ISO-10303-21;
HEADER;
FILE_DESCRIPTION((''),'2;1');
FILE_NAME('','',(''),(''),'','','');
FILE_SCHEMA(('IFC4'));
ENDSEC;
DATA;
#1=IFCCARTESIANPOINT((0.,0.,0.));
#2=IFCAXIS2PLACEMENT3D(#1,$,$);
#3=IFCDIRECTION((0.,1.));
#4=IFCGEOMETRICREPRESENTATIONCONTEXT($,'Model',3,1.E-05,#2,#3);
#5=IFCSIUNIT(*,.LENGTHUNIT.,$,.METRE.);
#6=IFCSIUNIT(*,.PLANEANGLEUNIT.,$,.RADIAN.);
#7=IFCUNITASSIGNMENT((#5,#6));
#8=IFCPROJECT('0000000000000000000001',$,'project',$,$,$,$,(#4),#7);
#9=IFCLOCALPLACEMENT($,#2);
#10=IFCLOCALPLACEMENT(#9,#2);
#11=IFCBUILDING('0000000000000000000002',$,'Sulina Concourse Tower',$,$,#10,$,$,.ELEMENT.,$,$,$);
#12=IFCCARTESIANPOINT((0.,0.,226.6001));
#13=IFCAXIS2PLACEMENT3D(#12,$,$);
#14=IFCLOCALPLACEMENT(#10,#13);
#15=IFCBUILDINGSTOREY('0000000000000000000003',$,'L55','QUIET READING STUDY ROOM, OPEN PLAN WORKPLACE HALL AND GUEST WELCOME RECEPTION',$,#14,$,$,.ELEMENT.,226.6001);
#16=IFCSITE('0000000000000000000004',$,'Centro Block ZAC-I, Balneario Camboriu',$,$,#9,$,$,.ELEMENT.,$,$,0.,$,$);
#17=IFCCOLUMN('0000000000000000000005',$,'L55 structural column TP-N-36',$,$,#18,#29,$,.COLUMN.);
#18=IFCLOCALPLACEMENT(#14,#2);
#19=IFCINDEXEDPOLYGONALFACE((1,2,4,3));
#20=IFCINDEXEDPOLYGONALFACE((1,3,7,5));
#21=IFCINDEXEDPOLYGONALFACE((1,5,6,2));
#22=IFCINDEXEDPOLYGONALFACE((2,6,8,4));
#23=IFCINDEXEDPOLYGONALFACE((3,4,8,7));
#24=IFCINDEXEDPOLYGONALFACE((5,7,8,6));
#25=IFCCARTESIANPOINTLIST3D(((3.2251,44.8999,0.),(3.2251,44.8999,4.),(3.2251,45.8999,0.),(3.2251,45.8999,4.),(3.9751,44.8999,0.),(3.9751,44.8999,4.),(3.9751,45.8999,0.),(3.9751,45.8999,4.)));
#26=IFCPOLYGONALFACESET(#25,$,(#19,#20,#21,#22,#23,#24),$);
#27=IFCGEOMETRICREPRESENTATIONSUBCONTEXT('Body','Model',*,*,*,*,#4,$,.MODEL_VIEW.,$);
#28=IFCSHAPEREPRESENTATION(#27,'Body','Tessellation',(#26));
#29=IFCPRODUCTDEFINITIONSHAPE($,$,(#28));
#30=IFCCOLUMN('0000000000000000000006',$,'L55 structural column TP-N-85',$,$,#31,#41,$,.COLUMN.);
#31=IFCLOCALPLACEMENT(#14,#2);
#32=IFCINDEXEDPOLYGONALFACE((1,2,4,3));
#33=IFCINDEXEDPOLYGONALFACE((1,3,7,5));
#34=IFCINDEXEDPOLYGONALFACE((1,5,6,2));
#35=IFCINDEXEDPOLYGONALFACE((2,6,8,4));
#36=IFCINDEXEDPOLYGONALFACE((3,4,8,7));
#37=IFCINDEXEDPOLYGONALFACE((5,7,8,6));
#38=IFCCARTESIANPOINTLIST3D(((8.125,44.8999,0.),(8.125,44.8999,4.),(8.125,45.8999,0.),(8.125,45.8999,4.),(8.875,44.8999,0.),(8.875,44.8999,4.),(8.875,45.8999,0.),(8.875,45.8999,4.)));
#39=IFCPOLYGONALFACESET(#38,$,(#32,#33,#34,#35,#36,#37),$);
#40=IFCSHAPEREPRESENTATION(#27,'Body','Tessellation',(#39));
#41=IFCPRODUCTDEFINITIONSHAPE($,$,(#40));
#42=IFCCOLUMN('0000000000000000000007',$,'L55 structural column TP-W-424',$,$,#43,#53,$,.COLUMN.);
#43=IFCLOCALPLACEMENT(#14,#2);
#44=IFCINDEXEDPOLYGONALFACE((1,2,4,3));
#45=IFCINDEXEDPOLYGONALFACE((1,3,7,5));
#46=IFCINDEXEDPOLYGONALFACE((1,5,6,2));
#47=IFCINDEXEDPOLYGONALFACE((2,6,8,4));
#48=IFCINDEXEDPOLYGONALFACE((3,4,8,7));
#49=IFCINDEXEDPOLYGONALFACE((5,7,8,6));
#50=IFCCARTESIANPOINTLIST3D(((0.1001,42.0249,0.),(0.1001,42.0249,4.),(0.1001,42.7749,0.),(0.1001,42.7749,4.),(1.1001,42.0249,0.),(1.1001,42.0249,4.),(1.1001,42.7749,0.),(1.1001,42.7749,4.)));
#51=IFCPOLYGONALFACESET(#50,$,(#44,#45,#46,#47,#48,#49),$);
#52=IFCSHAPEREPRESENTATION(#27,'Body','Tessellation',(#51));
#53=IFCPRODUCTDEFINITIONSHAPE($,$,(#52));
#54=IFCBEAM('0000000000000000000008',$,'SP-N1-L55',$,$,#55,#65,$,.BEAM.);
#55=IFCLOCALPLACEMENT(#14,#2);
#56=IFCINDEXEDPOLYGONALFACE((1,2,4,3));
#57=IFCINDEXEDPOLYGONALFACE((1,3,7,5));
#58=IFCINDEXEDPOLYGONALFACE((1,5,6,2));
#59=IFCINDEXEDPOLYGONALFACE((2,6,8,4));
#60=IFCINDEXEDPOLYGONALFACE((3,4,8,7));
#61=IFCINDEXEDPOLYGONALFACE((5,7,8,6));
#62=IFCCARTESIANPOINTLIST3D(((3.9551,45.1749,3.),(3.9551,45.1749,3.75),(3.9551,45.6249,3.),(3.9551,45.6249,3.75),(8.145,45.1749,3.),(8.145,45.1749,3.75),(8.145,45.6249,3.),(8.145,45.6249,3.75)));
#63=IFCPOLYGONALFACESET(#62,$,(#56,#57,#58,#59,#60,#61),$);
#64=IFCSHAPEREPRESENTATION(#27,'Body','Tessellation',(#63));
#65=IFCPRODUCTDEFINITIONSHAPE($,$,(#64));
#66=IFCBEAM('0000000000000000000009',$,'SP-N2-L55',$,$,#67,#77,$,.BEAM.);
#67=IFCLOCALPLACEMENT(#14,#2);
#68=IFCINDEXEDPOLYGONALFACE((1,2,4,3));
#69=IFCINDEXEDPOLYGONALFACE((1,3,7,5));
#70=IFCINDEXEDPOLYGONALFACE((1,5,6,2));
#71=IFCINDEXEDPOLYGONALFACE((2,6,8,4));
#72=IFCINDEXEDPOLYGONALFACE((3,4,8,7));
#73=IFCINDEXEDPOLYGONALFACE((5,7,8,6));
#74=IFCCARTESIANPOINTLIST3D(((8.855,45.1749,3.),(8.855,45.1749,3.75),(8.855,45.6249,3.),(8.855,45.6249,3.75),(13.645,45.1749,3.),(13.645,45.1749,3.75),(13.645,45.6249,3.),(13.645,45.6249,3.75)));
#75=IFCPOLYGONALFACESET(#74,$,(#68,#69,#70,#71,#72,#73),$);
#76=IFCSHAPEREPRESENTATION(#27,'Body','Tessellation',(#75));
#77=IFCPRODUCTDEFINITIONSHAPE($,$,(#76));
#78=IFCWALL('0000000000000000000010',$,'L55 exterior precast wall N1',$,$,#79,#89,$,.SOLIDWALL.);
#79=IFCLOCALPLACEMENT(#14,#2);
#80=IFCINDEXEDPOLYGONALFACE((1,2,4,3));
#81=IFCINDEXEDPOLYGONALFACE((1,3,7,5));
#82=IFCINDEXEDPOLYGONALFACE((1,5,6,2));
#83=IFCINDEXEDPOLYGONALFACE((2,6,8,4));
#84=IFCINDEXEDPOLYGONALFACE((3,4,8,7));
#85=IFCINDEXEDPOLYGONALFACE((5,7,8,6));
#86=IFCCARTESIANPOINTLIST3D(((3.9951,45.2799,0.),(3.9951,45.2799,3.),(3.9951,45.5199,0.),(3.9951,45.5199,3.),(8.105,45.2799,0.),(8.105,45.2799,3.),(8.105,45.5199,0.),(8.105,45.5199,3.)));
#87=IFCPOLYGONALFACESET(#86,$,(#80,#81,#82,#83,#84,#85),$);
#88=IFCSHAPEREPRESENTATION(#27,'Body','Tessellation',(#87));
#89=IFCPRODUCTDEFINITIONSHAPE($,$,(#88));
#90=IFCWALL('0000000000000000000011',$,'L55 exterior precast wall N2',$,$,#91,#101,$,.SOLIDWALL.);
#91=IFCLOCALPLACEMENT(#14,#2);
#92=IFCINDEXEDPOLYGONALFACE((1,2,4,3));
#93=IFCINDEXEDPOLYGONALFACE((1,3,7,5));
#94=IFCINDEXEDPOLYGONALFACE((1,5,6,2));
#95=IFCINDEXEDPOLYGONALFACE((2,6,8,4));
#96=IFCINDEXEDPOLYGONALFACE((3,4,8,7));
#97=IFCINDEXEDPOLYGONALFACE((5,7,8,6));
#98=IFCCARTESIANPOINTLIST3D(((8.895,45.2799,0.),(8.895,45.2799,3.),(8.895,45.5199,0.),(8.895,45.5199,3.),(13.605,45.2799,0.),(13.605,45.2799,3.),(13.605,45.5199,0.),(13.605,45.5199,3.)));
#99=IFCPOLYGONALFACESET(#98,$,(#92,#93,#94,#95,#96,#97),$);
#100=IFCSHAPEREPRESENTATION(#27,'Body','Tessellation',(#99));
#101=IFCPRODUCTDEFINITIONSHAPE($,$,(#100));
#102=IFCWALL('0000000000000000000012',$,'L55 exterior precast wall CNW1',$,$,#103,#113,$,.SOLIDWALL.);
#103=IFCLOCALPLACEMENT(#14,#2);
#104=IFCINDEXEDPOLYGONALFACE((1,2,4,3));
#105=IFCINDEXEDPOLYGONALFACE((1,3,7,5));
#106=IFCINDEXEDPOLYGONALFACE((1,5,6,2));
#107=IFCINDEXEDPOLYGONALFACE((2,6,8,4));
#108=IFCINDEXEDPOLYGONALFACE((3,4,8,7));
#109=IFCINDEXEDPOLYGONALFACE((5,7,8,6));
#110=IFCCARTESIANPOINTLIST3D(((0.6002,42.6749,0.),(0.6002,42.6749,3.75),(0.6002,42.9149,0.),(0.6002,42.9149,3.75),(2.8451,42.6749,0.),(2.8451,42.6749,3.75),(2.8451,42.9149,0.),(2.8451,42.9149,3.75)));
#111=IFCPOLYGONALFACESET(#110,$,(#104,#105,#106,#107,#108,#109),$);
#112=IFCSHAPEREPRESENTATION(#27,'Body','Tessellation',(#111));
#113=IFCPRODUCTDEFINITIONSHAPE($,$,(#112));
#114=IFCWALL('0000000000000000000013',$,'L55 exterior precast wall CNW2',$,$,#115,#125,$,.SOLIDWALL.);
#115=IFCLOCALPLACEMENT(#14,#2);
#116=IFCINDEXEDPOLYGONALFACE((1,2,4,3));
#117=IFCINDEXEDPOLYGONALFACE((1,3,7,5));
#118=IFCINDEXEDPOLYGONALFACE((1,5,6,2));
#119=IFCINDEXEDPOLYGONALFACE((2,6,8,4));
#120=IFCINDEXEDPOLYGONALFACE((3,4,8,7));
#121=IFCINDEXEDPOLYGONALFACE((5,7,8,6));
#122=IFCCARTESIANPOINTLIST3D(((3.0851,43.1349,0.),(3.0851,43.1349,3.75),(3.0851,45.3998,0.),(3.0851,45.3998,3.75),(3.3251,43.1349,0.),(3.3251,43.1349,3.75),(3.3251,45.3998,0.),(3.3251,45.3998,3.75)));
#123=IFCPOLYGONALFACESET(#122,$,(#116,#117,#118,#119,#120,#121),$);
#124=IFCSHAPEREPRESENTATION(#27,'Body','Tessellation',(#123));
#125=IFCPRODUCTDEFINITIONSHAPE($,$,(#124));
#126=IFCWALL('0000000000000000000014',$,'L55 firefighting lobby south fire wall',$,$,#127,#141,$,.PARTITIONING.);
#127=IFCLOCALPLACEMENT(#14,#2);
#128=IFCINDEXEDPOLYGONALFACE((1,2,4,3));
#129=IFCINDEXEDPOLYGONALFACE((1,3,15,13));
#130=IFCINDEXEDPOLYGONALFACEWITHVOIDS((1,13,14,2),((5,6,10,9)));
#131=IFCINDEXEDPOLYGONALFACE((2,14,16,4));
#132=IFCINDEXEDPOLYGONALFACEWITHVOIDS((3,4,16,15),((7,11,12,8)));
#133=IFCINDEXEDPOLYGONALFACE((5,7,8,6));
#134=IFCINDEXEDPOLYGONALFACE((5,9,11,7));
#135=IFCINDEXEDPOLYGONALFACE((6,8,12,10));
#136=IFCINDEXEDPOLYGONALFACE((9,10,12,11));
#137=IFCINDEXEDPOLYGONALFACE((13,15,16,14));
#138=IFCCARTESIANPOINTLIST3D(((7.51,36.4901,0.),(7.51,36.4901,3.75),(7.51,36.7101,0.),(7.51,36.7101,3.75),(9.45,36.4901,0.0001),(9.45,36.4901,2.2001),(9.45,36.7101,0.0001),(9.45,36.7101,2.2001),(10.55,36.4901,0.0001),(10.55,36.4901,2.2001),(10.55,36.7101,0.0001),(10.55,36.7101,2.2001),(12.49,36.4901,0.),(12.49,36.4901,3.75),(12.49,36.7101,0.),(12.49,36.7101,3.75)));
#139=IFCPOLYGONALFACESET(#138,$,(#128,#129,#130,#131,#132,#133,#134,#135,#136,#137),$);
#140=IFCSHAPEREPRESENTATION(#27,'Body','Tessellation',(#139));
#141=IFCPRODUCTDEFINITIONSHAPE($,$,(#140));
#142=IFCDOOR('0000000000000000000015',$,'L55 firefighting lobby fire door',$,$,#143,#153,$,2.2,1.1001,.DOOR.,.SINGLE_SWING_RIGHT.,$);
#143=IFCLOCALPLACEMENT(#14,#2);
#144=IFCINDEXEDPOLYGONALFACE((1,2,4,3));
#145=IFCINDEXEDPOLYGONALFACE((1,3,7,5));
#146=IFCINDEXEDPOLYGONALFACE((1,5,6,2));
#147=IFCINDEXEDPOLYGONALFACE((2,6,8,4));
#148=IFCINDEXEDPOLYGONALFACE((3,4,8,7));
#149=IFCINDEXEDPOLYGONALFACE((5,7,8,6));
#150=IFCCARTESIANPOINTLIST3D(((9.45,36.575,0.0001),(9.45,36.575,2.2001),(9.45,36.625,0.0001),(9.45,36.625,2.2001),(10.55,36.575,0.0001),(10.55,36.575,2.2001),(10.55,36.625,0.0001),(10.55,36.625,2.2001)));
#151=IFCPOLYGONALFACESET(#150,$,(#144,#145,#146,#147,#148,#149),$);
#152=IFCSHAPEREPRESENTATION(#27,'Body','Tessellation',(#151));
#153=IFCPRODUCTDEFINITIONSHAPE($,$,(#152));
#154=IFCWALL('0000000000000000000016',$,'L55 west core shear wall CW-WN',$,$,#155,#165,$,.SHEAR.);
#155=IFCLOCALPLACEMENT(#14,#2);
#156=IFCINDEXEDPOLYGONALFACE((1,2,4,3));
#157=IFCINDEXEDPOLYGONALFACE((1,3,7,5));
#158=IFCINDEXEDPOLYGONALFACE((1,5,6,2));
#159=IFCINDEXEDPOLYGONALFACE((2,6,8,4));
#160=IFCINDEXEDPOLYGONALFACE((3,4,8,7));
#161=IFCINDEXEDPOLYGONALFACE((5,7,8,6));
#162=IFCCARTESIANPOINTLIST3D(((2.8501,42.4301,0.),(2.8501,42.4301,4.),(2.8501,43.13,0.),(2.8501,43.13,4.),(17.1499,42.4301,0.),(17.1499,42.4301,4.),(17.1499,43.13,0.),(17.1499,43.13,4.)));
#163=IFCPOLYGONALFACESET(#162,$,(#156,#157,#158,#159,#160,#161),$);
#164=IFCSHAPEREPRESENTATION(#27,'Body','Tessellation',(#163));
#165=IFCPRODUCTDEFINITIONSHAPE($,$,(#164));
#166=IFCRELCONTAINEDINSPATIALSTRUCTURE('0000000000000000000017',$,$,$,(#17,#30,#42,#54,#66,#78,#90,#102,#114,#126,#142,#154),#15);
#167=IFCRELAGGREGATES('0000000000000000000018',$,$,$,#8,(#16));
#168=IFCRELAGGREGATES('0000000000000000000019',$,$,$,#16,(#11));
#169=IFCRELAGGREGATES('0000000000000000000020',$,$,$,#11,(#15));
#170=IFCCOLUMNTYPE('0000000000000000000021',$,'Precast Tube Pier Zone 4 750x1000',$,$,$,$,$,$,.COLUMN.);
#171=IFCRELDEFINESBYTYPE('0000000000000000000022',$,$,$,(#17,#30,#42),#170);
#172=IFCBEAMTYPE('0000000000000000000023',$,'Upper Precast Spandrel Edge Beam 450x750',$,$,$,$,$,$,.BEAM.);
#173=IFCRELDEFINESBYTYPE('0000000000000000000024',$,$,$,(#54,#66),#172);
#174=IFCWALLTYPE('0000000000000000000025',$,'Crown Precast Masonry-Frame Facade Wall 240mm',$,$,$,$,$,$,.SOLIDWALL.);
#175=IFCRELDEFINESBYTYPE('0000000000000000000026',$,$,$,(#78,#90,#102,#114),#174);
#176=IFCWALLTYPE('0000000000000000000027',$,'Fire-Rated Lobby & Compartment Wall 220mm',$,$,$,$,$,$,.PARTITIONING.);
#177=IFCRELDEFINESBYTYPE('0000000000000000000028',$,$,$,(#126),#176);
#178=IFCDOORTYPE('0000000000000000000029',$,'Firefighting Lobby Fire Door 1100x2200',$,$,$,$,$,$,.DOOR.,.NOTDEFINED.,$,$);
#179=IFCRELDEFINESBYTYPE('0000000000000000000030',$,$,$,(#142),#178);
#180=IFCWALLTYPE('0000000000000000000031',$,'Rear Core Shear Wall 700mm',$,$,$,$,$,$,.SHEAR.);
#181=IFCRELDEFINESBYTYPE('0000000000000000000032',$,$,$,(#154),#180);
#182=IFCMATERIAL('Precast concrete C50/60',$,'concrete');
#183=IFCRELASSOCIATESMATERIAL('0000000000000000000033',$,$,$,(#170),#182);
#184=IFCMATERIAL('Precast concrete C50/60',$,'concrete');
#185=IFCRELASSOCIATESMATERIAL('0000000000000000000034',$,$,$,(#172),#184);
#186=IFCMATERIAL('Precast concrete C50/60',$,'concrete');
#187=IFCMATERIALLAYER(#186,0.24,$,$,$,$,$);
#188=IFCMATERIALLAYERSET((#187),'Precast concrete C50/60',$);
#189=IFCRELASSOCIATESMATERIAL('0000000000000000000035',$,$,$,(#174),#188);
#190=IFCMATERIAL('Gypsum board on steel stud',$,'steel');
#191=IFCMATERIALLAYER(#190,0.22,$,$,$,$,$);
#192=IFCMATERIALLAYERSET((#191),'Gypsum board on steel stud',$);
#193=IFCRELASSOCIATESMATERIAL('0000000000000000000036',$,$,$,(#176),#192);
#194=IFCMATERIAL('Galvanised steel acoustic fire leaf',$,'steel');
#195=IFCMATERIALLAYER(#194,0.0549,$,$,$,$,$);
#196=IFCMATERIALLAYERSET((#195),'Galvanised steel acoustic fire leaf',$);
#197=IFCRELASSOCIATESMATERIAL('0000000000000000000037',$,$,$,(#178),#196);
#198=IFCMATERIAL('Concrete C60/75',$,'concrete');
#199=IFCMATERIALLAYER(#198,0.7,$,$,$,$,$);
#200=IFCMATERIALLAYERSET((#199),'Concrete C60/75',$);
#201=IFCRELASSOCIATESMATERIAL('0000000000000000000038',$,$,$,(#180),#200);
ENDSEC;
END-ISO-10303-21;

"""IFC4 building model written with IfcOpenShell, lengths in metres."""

from ifc_helpers import new_model, si_unit, direction, frame, frame_2d, origin, origin_2d, place, context, subcontext, project, spatial, rectangle, extrude, material, layer, layer_set, material_profile, profile_set, type_object, element, fill, save


model = new_model("IFC4")

# Units and contexts
model_context = context("Model", 3, precision=1e-05, world=origin(), true_north=direction((0.0, 1.0)))
body_context = subcontext(model_context, "Body", "Model", "MODEL_VIEW")
ifc_project = project(units=[si_unit("LENGTHUNIT", "METRE"), si_unit("PLANEANGLEUNIT", "RADIAN")], contexts=[model_context])

# Site, building, storey
site_placement = place(None, origin())
site = spatial("IfcSite", under=ifc_project, at=site_placement, Name="Centro Block ZAC-I, Balneario Camboriu", CompositionType="ELEMENT", RefElevation=0.0)
building_placement = place(site_placement, origin())
building = spatial("IfcBuilding", under=site, at=building_placement, Name="Sulina Concourse Tower", CompositionType="ELEMENT")
storey_placement = place(building_placement, frame((0.0, 0.0, 226.6001)))
storey = spatial("IfcBuildingStorey", under=building, at=storey_placement, Name="L55", Description="QUIET READING STUDY ROOM, OPEN PLAN WORKPLACE HALL AND GUEST WELCOME RECEPTION", CompositionType="ELEMENT", Elevation=226.6001)

# Columns
ifc_material_1 = material(Name="Precast concrete C50/60", Category="concrete")
ifc_material_profile_1 = material_profile(ifc_material_1, rectangle(XDim=0.75, YDim=1.0, at=origin_2d()), Name="PC 750x1000")
ifc_profile_set_1 = profile_set([ifc_material_profile_1], Name="Precast concrete C50/60")
column_type = type_object("IfcColumnType", Name="Precast Tube Pier Zone 4 750x1000", PredefinedType="COLUMN", material=ifc_profile_set_1)
for number, where, z_axis, x_axis, name in (
    (1, (3.6001, 45.3999, 0.0), (0.0, 0.0, 1.0), (1.0, 0.0, 0.0), "L55 structural column TP-N-36"),
    (2, (8.5, 45.3999, 0.0), (0.0, 0.0, 1.0), (1.0, 0.0, 0.0), "L55 structural column TP-N-85"),
    (3, (0.6001, 42.3999, 0.0), (0.0, 0.0, 1.0), (0.0, 1.0, 0.0), "L55 structural column TP-W-424"),
):
    element("IfcColumn", number, at=place(storey_placement, frame(where, z_axis=z_axis, x_axis=x_axis)), inside=storey, type_object=column_type, Name=name, PredefinedType="COLUMN", context=body_context, shape_type="SweptSolid", body=[
        extrude(rectangle(XDim=0.75, YDim=1.0, at=origin_2d()), origin(), (0.0, 0.0, 1.0), 4.0),
    ])

# Beams
ifc_material_2 = material(Name="Precast concrete C50/60", Category="concrete")
ifc_material_profile_2 = material_profile(ifc_material_2, rectangle(XDim=0.45, YDim=0.75, at=origin_2d()), Name="RC 450x750")
ifc_profile_set_2 = profile_set([ifc_material_profile_2], Name="Precast concrete C50/60")
beam_type = type_object("IfcBeamType", Name="Upper Precast Spandrel Edge Beam 450x750", PredefinedType="BEAM", material=ifc_profile_set_2)
beam_1_placement = place(storey_placement, frame((3.9551, 45.3999, 3.375), z_axis=(1.0, 0.0, 0.0), x_axis=(0.0, 1.0, 0.0)))
element("IfcBeam", 4, at=beam_1_placement, inside=storey, type_object=beam_type, Name="SP-N1-L55", PredefinedType="BEAM", context=body_context, shape_type="SweptSolid", body=[
    extrude(rectangle(XDim=0.45, YDim=0.75, at=origin_2d()), origin(), (0.0, 0.0, 1.0), 4.1899),
])
beam_2_placement = place(storey_placement, frame((8.855, 45.3999, 3.375), z_axis=(1.0, 0.0, 0.0), x_axis=(0.0, 1.0, 0.0)))
element("IfcBeam", 5, at=beam_2_placement, inside=storey, type_object=beam_type, Name="SP-N2-L55", PredefinedType="BEAM", context=body_context, shape_type="SweptSolid", body=[
    extrude(rectangle(XDim=0.45, YDim=0.75, at=origin_2d()), origin(), (0.0, 0.0, 1.0), 4.79),
])

# Walls
ifc_material_3 = material(Name="Precast concrete C50/60", Category="concrete")
ifc_layer_1 = layer(ifc_material_3, 0.24)
ifc_layer_set_1 = layer_set([ifc_layer_1], Name="Precast concrete C50/60")
wall_type_1 = type_object("IfcWallType", Name="Crown Precast Masonry-Frame Facade Wall 240mm", PredefinedType="SOLIDWALL", material=ifc_layer_set_1)
wall_1_placement = place(storey_placement, frame((3.9951, 45.3999, 0.0), z_axis=(0.0, 0.0, 1.0), x_axis=(1.0, 0.0, 0.0)))
element("IfcWall", 6, at=wall_1_placement, inside=storey, type_object=wall_type_1, Name="L55 exterior precast wall N1", PredefinedType="SOLIDWALL", context=body_context, shape_type="SweptSolid", body=[
    extrude(rectangle(XDim=4.1099, YDim=0.24, at=frame_2d((2.0549, 0.0))), origin(), (0.0, 0.0, 1.0), 3.0),
])
wall_2_placement = place(storey_placement, frame((8.895, 45.3999, 0.0), z_axis=(0.0, 0.0, 1.0), x_axis=(1.0, 0.0, 0.0)))
element("IfcWall", 7, at=wall_2_placement, inside=storey, type_object=wall_type_1, Name="L55 exterior precast wall N2", PredefinedType="SOLIDWALL", context=body_context, shape_type="SweptSolid", body=[
    extrude(rectangle(XDim=4.71, YDim=0.24, at=frame_2d((2.355, 0.0))), origin(), (0.0, 0.0, 1.0), 3.0),
])
wall_3_placement = place(storey_placement, frame((0.6001, 42.7949, 0.0), z_axis=(0.0, 0.0, 1.0), x_axis=(1.0, 0.0, 0.0)))
element("IfcWall", 8, at=wall_3_placement, inside=storey, type_object=wall_type_1, Name="L55 exterior precast wall CNW1", PredefinedType="SOLIDWALL", context=body_context, shape_type="SweptSolid", body=[
    extrude(rectangle(XDim=2.2449, YDim=0.24, at=frame_2d((1.1226, 0.0))), origin(), (0.0, 0.0, 1.0), 3.75),
])
wall_4_placement = place(storey_placement, frame((3.2051, 43.135, 0.0), z_axis=(0.0, 0.0, 1.0), x_axis=(0.0, 1.0, 0.0)))
element("IfcWall", 9, at=wall_4_placement, inside=storey, type_object=wall_type_1, Name="L55 exterior precast wall CNW2", PredefinedType="SOLIDWALL", context=body_context, shape_type="SweptSolid", body=[
    extrude(rectangle(XDim=2.2649, YDim=0.24, at=frame_2d((1.1323, 0.0))), origin(), (0.0, 0.0, 1.0), 3.75),
])

# Wall, opening, door
ifc_material_4 = material(Name="Gypsum board on steel stud", Category="steel")
ifc_layer_2 = layer(ifc_material_4, 0.22)
ifc_layer_set_2 = layer_set([ifc_layer_2], Name="Gypsum board on steel stud")
wall_type_2 = type_object("IfcWallType", Name="Fire-Rated Lobby & Compartment Wall 220mm", PredefinedType="PARTITIONING", material=ifc_layer_set_2)
wall_5_placement = place(storey_placement, frame((7.51, 36.6001, 0.0), z_axis=(0.0, 0.0, 1.0), x_axis=(1.0, 0.0, 0.0)))
wall_5 = element("IfcWall", 10, at=wall_5_placement, inside=storey, type_object=wall_type_2, Name="L55 firefighting lobby south fire wall", PredefinedType="PARTITIONING", context=body_context, shape_type="SweptSolid", body=[
    extrude(rectangle(XDim=4.98, YDim=0.22, at=frame_2d((2.49, 0.0))), origin(), (0.0, 0.0, 1.0), 3.75),
])
opening_placement = place(wall_5_placement, frame((1.9399, 0.0, 0.0)))
opening = element("IfcOpeningElement", 11, at=opening_placement, cuts=wall_5, PredefinedType="OPENING", context=body_context, shape_type="SweptSolid", body=[
    extrude(rectangle(XDim=1.1001, YDim=2.2, at=frame_2d((0.55, 1.1001))), frame((0.0, 0.1199, 0.0), z_axis=(0.0, -1.0, 0.0), x_axis=(1.0, 0.0, 0.0)), (0.0, 0.0, 1.0), 0.24),
])
ifc_material_5 = material(Name="Galvanised steel acoustic fire leaf", Category="steel")
ifc_layer_3 = layer(ifc_material_5, 0.0549)
ifc_layer_set_3 = layer_set([ifc_layer_3], Name="Galvanised steel acoustic fire leaf")
door_type = type_object("IfcDoorType", Name="Firefighting Lobby Fire Door 1100x2200", OperationType="NOTDEFINED", PredefinedType="DOOR", material=ifc_layer_set_3)
door_placement = place(opening_placement, origin())
door = element("IfcDoor", 12, at=door_placement, inside=storey, type_object=door_type, Name="L55 firefighting lobby fire door", OperationType="SINGLE_SWING_RIGHT", OverallHeight=2.2, OverallWidth=1.1001, PredefinedType="DOOR", context=body_context, shape_type="SweptSolid", body=[
    extrude(rectangle(XDim=1.1001, YDim=2.2, at=frame_2d((0.55, 1.1001))), frame((0.0, 0.0249, 0.0), z_axis=(0.0, -1.0, 0.0), x_axis=(1.0, 0.0, 0.0)), (0.0, 0.0, 1.0), 0.05),
])
fill(opening, door)

# Wall
ifc_material_6 = material(Name="Concrete C60/75", Category="concrete")
ifc_layer_4 = layer(ifc_material_6, 0.7)
ifc_layer_set_4 = layer_set([ifc_layer_4], Name="Concrete C60/75")
wall_type_3 = type_object("IfcWallType", Name="Rear Core Shear Wall 700mm", PredefinedType="SHEAR", material=ifc_layer_set_4)
wall_6_placement = place(storey_placement, frame((2.8501, 42.78, 0.0), z_axis=(0.0, 0.0, 1.0), x_axis=(1.0, 0.0, 0.0)))
element("IfcWall", 13, at=wall_6_placement, inside=storey, type_object=wall_type_3, Name="L55 west core shear wall CW-WN", PredefinedType="SHEAR", context=body_context, shape_type="SweptSolid", body=[
    extrude(rectangle(XDim=14.2998, YDim=0.7, at=frame_2d((7.1499, 0.0))), origin(), (0.0, 0.0, 1.0), 4.0),
])

save(model, "model.ifc")
